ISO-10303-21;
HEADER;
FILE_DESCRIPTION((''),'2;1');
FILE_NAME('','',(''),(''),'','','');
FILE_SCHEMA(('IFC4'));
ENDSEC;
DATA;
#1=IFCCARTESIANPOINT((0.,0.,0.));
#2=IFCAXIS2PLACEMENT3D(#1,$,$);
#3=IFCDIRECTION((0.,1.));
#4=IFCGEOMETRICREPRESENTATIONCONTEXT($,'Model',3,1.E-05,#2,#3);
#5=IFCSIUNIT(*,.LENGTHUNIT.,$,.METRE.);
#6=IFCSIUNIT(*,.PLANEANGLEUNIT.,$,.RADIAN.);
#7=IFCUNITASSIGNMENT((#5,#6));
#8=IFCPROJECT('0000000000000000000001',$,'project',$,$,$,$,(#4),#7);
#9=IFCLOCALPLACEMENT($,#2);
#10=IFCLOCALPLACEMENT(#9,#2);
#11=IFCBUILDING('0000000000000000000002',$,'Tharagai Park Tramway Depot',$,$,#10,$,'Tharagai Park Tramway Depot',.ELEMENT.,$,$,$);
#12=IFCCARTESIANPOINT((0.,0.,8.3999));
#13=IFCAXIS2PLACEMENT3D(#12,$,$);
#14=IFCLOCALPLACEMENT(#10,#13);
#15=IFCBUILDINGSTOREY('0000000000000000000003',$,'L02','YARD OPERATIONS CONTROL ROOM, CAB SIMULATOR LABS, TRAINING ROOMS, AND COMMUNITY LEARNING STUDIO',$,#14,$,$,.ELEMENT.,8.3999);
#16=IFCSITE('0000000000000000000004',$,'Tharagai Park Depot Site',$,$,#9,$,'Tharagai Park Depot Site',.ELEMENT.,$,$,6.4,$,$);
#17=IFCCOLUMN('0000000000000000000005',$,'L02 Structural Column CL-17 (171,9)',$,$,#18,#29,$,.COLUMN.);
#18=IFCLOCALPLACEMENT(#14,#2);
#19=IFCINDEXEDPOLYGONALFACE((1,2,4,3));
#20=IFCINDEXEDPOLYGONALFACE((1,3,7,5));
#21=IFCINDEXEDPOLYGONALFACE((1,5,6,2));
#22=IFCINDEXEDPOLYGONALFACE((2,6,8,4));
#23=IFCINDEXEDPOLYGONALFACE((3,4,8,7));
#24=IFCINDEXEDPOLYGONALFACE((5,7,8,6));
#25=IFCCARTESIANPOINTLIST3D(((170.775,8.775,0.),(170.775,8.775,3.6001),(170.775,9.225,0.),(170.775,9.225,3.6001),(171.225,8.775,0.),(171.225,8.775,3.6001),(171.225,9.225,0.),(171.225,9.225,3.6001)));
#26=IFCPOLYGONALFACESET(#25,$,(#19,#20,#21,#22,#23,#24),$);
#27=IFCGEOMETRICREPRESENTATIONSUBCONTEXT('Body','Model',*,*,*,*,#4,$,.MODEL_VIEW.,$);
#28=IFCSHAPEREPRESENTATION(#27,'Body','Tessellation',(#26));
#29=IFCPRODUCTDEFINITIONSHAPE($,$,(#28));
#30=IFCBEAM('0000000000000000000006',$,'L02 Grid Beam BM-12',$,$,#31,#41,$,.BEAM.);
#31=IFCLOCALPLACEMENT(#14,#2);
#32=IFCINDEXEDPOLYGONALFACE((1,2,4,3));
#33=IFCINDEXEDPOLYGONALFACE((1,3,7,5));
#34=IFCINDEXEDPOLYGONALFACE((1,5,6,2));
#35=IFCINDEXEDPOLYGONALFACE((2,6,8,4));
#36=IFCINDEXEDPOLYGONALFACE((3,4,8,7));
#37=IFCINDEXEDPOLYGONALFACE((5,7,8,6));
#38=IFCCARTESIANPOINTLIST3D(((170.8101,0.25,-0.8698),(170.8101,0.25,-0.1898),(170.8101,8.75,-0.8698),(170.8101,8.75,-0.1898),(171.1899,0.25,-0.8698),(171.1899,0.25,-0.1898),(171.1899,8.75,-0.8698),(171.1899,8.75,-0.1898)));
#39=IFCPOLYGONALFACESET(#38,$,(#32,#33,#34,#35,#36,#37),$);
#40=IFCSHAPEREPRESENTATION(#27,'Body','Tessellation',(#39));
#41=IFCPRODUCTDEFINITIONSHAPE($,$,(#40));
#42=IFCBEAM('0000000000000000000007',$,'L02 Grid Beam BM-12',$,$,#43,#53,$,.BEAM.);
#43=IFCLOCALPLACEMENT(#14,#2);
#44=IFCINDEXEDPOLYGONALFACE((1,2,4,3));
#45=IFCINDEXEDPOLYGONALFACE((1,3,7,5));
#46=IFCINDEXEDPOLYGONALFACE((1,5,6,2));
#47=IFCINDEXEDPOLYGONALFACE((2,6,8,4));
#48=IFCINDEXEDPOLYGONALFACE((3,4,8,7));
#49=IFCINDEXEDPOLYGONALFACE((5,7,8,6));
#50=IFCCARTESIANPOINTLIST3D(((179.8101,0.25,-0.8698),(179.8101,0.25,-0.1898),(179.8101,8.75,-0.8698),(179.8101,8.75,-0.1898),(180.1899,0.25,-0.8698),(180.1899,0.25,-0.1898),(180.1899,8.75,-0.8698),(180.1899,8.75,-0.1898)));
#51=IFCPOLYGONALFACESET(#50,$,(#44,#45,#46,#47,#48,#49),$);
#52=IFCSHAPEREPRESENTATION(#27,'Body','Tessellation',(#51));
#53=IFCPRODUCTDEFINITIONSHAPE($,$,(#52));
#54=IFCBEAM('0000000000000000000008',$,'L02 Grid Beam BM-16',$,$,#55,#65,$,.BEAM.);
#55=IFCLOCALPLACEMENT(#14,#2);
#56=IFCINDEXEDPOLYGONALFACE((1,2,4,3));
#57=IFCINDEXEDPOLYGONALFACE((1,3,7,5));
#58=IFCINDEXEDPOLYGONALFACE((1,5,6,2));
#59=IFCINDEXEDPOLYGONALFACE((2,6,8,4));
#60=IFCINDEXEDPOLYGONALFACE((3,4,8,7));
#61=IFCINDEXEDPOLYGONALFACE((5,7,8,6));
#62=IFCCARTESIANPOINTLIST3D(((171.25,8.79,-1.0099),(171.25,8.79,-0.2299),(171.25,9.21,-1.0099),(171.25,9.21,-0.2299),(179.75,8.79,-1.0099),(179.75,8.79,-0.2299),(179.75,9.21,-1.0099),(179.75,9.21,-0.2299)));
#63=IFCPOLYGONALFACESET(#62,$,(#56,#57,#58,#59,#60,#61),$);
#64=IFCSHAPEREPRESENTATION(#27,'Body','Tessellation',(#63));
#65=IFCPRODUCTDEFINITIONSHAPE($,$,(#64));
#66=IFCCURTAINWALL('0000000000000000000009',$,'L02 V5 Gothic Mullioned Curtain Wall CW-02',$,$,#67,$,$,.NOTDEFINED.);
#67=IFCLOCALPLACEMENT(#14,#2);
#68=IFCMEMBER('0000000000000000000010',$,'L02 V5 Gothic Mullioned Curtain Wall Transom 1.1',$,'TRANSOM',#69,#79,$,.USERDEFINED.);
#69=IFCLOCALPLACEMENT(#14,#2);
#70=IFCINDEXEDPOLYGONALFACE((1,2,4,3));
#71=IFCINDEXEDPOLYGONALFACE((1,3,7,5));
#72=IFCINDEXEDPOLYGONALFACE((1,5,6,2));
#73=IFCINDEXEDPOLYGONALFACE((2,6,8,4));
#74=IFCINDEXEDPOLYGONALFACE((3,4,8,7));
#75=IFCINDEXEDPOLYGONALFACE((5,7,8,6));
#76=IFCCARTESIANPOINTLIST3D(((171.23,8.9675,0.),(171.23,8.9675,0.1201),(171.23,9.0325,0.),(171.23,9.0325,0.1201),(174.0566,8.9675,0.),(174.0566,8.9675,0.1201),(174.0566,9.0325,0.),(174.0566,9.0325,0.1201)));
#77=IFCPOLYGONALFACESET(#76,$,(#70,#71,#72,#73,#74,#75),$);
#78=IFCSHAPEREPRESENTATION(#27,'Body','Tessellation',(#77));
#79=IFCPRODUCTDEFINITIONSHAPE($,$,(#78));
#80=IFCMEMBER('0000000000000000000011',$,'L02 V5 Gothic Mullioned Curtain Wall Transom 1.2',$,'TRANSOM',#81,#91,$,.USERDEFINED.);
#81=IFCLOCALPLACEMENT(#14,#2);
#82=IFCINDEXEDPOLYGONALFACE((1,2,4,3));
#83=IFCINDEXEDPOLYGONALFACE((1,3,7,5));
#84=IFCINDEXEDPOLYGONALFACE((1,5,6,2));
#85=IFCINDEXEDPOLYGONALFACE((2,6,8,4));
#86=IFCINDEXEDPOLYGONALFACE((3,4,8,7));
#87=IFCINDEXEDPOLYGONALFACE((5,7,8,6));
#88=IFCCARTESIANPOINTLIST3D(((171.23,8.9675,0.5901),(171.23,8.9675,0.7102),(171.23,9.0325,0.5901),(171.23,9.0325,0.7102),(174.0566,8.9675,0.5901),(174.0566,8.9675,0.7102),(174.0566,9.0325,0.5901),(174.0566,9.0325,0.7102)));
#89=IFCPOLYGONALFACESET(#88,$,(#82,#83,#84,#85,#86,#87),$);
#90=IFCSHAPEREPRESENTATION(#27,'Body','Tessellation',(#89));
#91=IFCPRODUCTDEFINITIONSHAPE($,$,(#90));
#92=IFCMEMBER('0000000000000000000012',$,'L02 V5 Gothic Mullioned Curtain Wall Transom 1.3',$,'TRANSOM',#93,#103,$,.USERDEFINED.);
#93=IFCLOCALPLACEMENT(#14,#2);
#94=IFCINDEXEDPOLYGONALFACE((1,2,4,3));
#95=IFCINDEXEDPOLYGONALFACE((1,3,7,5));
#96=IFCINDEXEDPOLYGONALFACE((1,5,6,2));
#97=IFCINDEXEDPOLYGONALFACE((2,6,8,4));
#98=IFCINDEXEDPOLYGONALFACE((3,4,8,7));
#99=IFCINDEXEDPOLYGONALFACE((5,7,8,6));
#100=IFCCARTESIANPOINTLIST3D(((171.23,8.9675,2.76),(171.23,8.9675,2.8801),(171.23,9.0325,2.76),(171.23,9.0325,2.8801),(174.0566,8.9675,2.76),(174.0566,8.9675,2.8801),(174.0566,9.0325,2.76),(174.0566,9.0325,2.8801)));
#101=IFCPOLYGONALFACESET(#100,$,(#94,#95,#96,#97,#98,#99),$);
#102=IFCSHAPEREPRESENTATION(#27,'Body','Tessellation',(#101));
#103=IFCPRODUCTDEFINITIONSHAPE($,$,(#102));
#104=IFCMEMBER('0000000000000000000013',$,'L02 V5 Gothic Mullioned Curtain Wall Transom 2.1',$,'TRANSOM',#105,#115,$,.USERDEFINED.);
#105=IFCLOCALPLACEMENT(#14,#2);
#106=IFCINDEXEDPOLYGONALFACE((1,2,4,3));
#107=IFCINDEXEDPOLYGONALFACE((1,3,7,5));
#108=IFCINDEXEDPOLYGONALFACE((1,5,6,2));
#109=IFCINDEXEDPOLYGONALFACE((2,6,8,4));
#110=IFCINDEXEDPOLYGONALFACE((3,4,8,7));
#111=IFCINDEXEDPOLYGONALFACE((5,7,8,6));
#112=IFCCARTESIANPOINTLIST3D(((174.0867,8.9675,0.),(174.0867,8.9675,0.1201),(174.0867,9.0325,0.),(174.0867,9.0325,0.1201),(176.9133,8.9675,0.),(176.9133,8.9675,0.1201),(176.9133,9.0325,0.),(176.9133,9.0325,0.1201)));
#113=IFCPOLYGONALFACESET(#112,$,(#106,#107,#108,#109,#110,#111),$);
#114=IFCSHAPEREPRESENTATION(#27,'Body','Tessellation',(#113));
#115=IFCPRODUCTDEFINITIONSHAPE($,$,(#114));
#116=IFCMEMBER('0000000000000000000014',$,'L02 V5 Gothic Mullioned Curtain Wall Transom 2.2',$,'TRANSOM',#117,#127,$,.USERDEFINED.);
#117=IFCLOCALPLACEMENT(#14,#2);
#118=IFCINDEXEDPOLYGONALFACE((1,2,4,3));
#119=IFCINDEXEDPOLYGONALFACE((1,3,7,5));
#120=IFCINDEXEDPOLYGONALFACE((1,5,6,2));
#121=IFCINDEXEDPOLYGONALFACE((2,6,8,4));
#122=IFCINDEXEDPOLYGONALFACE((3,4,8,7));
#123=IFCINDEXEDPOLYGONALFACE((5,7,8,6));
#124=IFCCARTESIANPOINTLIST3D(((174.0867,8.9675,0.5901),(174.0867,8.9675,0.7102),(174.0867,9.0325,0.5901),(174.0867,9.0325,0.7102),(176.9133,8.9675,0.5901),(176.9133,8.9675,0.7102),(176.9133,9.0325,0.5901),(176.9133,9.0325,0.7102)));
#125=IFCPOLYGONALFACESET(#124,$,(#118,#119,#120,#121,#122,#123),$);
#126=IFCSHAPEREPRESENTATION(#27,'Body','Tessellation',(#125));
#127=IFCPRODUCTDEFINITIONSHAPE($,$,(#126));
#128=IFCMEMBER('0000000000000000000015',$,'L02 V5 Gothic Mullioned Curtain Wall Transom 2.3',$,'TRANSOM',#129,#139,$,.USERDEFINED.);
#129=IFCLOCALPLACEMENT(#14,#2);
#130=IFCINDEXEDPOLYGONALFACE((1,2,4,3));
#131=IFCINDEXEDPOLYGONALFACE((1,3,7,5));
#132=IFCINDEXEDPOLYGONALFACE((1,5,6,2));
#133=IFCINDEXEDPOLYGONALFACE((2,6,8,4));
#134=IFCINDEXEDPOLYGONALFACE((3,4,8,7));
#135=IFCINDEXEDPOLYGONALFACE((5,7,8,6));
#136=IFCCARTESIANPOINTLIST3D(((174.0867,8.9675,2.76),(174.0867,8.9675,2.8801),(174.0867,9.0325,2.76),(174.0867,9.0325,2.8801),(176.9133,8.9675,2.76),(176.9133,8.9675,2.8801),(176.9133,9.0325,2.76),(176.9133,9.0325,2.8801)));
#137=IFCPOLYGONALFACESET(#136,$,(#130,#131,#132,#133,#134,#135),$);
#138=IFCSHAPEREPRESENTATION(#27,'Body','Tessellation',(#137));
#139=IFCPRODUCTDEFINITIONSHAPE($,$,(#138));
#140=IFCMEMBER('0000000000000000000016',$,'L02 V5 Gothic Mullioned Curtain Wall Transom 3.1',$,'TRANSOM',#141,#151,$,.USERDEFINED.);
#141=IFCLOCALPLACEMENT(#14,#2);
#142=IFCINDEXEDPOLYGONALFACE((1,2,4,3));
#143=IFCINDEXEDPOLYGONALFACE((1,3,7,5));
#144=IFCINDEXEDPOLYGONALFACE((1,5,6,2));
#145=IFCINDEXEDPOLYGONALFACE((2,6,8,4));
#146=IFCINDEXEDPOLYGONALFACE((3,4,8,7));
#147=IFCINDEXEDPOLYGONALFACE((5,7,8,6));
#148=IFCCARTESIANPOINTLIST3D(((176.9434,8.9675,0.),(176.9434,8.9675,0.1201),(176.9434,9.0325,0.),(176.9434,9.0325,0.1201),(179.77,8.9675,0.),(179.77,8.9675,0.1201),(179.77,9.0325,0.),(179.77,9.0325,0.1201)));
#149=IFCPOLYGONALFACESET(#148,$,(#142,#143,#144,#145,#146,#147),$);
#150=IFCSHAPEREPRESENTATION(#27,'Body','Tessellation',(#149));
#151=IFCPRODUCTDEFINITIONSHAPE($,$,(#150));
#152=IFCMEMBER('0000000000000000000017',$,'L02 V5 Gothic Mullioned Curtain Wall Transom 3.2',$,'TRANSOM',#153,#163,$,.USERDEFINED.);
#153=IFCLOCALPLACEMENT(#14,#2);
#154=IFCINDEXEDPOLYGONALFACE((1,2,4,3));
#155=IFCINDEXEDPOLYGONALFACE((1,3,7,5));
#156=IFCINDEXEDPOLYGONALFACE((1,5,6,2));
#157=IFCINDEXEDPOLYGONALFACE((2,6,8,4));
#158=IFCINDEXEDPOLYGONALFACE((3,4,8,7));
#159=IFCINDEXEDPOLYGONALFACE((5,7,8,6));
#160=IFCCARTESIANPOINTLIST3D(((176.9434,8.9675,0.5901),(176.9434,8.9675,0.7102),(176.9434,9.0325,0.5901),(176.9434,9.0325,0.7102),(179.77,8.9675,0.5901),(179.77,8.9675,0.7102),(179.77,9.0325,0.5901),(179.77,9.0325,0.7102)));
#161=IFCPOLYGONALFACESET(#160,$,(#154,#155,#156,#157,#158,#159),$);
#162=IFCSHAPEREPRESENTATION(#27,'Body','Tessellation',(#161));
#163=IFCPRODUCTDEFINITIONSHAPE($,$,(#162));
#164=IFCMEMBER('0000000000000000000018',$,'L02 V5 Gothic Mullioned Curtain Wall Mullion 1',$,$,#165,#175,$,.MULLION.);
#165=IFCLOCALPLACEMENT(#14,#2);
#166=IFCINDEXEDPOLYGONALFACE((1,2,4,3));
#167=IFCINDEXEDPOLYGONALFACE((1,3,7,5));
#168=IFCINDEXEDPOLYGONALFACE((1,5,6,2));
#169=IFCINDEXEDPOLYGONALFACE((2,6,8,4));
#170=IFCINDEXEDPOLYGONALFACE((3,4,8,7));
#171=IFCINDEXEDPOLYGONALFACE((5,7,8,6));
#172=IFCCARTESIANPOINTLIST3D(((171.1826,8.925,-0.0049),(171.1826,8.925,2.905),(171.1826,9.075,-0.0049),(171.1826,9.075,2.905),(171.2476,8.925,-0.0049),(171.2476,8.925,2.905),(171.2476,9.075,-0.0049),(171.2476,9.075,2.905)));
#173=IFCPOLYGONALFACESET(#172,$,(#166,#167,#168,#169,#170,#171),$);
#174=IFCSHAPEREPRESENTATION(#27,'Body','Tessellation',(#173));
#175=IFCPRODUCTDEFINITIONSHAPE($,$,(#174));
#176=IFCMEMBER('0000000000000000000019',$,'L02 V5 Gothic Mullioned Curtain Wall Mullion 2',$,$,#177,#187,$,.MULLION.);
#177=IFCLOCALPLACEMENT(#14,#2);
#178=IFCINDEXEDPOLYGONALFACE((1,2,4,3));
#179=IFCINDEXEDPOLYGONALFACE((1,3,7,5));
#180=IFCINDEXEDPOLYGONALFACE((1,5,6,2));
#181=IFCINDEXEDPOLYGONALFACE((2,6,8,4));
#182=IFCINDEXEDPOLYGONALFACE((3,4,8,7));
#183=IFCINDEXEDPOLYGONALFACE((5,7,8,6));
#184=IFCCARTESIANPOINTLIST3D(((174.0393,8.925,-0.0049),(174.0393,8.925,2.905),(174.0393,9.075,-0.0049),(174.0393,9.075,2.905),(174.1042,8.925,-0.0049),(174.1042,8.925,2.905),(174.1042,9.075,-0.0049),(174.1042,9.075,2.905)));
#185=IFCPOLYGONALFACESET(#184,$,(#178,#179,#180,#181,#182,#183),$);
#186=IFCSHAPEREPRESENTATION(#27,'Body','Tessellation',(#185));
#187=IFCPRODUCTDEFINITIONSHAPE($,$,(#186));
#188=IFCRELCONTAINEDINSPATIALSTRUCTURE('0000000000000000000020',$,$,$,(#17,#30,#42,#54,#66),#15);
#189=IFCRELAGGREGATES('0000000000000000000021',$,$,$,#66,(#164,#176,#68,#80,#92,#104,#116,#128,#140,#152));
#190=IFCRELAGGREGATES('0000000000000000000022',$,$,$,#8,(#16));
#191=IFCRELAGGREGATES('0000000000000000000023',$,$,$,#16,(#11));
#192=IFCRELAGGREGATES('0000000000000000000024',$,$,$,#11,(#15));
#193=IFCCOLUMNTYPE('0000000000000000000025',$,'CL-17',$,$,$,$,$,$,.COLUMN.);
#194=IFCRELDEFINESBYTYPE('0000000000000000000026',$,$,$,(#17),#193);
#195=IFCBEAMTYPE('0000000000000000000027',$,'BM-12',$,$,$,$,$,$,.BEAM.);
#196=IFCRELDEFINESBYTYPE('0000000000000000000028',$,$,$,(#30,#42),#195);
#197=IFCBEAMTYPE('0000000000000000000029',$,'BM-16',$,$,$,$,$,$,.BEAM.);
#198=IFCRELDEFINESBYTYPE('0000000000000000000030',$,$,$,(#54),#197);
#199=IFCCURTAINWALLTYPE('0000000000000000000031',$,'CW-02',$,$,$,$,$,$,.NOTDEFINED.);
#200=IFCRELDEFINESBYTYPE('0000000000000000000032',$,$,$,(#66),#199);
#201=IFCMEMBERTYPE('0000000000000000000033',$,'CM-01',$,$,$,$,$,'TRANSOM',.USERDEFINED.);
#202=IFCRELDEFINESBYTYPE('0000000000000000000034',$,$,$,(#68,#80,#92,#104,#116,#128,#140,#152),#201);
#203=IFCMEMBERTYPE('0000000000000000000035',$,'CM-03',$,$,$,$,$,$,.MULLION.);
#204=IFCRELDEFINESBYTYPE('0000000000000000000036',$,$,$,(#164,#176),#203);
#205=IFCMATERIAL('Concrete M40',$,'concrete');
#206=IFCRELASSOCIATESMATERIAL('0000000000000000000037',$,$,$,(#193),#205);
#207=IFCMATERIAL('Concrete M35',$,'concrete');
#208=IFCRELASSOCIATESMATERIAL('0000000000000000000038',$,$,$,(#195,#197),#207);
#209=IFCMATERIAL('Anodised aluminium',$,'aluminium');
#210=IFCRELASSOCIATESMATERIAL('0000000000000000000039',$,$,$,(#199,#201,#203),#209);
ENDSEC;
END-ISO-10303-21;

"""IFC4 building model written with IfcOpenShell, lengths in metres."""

from ifc_helpers import new_model, si_unit, direction, frame, origin, origin_2d, place, context, subcontext, project, spatial, rectangle, extrude, material, material_profile, profile_set, type_object, element, aggregate, save


model = new_model("IFC4")

# Units and contexts
model_context = context("Model", 3, precision=1e-05, world=origin(), true_north=direction((0.0, 1.0)))
body_context = subcontext(model_context, "Body", "Model", "MODEL_VIEW")
ifc_project = project(units=[si_unit("LENGTHUNIT", "METRE"), si_unit("PLANEANGLEUNIT", "RADIAN")], contexts=[model_context])

# Site, building, storey
site_placement = place(None, origin())
site = spatial("IfcSite", under=ifc_project, at=site_placement, Name="Tharagai Park Depot Site", LongName="Tharagai Park Depot Site", CompositionType="ELEMENT", RefElevation=6.4)
building_placement = place(site_placement, origin())
building = spatial("IfcBuilding", under=site, at=building_placement, Name="Tharagai Park Tramway Depot", LongName="Tharagai Park Tramway Depot", CompositionType="ELEMENT")
storey_placement = place(building_placement, frame((0.0, 0.0, 8.3999)))
storey = spatial("IfcBuildingStorey", under=building, at=storey_placement, Name="L02", Description="YARD OPERATIONS CONTROL ROOM, CAB SIMULATOR LABS, TRAINING ROOMS, AND COMMUNITY LEARNING STUDIO", CompositionType="ELEMENT", Elevation=8.3999)

# Column
ifc_material_1 = material(Name="Concrete M40", Category="concrete")
ifc_material_profile_1 = material_profile(ifc_material_1, rectangle(XDim=0.45, YDim=0.45, at=origin_2d()), Name="RC 450x450")
ifc_profile_set_1 = profile_set([ifc_material_profile_1], Name="Concrete M40")
column_type = type_object("IfcColumnType", Name="CL-17", PredefinedType="COLUMN", material=ifc_profile_set_1)
column_placement = place(storey_placement, frame((171.0, 9.0, 0.0), z_axis=(0.0, 0.0, 1.0), x_axis=(1.0, 0.0, 0.0)))
element("IfcColumn", 1, at=column_placement, inside=storey, type_object=column_type, Name="L02 Structural Column CL-17 (171,9)", PredefinedType="COLUMN", context=body_context, shape_type="SweptSolid", body=[
    extrude(rectangle(XDim=0.45, YDim=0.45, at=origin_2d()), origin(), (0.0, 0.0, 1.0), 3.6001),
])

# Beams
ifc_material_2 = material(Name="Concrete M35", Category="concrete")
ifc_material_profile_2 = material_profile(ifc_material_2, rectangle(XDim=0.3799, YDim=0.6799, at=origin_2d()), Name="RC 380x680")
ifc_profile_set_2 = profile_set([ifc_material_profile_2], Name="Concrete M35")
beam_type_1 = type_object("IfcBeamType", Name="BM-12", PredefinedType="BEAM", material=ifc_profile_set_2)
for number, where, z_axis, x_axis, name in (
    (2, (171.0, 0.25, -0.5298), (0.0, 1.0, 0.0), (-1.0, 0.0, 0.0), "L02 Grid Beam BM-12"),
    (3, (180.0, 0.25, -0.5298), (0.0, 1.0, 0.0), (-1.0, 0.0, 0.0), "L02 Grid Beam BM-12"),
):
    element("IfcBeam", number, at=place(storey_placement, frame(where, z_axis=z_axis, x_axis=x_axis)), inside=storey, type_object=beam_type_1, Name=name, PredefinedType="BEAM", context=body_context, shape_type="SweptSolid", body=[
        extrude(rectangle(XDim=0.3799, YDim=0.6799, at=origin_2d()), origin(), (0.0, 0.0, 1.0), 8.5),
    ])
ifc_material_profile_3 = material_profile(ifc_material_2, rectangle(XDim=0.4199, YDim=0.78, at=origin_2d()), Name="RC 420x780")
ifc_profile_set_3 = profile_set([ifc_material_profile_3], Name="Concrete M35")
beam_type_2 = type_object("IfcBeamType", Name="BM-16", PredefinedType="BEAM", material=ifc_profile_set_3)
beam_1_placement = place(storey_placement, frame((171.25, 9.0, -0.6199), z_axis=(1.0, 0.0, 0.0), x_axis=(0.0, 1.0, 0.0)))
element("IfcBeam", 4, at=beam_1_placement, inside=storey, type_object=beam_type_2, Name="L02 Grid Beam BM-16", PredefinedType="BEAM", context=body_context, shape_type="SweptSolid", body=[
    extrude(rectangle(XDim=0.4199, YDim=0.78, at=origin_2d()), origin(), (0.0, 0.0, 1.0), 8.5),
])

# Curtain wall, members
ifc_material_3 = material(Name="Anodised aluminium", Category="aluminium")
curtain_wall_type = type_object("IfcCurtainWallType", Name="CW-02", PredefinedType="NOTDEFINED", material=ifc_material_3)
curtain_wall_placement = place(storey_placement, origin())
curtain_wall = element("IfcCurtainWall", 5, at=curtain_wall_placement, inside=storey, type_object=curtain_wall_type, Name="L02 V5 Gothic Mullioned Curtain Wall CW-02", PredefinedType="NOTDEFINED")
ifc_material_profile_4 = material_profile(ifc_material_3, rectangle(XDim=0.0649, YDim=0.1201, at=origin_2d()), Name="ALU 65x120")
ifc_profile_set_4 = profile_set([ifc_material_profile_4], Name="Anodised aluminium")
member_type_1 = type_object("IfcMemberType", Name="CM-01", ElementType="TRANSOM", PredefinedType="USERDEFINED", material=ifc_profile_set_4)
member_1_placement = place(storey_placement, frame((171.23, 9.0, 0.0601), z_axis=(1.0, 0.0, 0.0), x_axis=(0.0, 1.0, 0.0)))
member_1 = element("IfcMember", 6, at=member_1_placement, type_object=member_type_1, Name="L02 V5 Gothic Mullioned Curtain Wall Transom 1.1", ObjectType="TRANSOM", PredefinedType="USERDEFINED", context=body_context, shape_type="SweptSolid", body=[
    extrude(rectangle(XDim=0.0649, YDim=0.1201, at=origin_2d()), origin(), (0.0, 0.0, 1.0), 2.8267),
])
member_2_placement = place(storey_placement, frame((171.23, 9.0, 0.6501), z_axis=(1.0, 0.0, 0.0), x_axis=(0.0, 1.0, 0.0)))
member_2 = element("IfcMember", 7, at=member_2_placement, type_object=member_type_1, Name="L02 V5 Gothic Mullioned Curtain Wall Transom 1.2", ObjectType="TRANSOM", PredefinedType="USERDEFINED", context=body_context, shape_type="SweptSolid", body=[
    extrude(rectangle(XDim=0.0649, YDim=0.1201, at=origin_2d()), origin(), (0.0, 0.0, 1.0), 2.8267),
])
member_3_placement = place(storey_placement, frame((171.23, 9.0, 2.8201), z_axis=(1.0, 0.0, 0.0), x_axis=(0.0, 1.0, 0.0)))
member_3 = element("IfcMember", 8, at=member_3_placement, type_object=member_type_1, Name="L02 V5 Gothic Mullioned Curtain Wall Transom 1.3", ObjectType="TRANSOM", PredefinedType="USERDEFINED", context=body_context, shape_type="SweptSolid", body=[
    extrude(rectangle(XDim=0.0649, YDim=0.1201, at=origin_2d()), origin(), (0.0, 0.0, 1.0), 2.8267),
])
member_4_placement = place(storey_placement, frame((174.0867, 9.0, 0.0601), z_axis=(1.0, 0.0, 0.0), x_axis=(0.0, 1.0, 0.0)))
member_4 = element("IfcMember", 9, at=member_4_placement, type_object=member_type_1, Name="L02 V5 Gothic Mullioned Curtain Wall Transom 2.1", ObjectType="TRANSOM", PredefinedType="USERDEFINED", context=body_context, shape_type="SweptSolid", body=[
    extrude(rectangle(XDim=0.0649, YDim=0.1201, at=origin_2d()), origin(), (0.0, 0.0, 1.0), 2.8267),
])
member_5_placement = place(storey_placement, frame((174.0867, 9.0, 0.6501), z_axis=(1.0, 0.0, 0.0), x_axis=(0.0, 1.0, 0.0)))
member_5 = element("IfcMember", 10, at=member_5_placement, type_object=member_type_1, Name="L02 V5 Gothic Mullioned Curtain Wall Transom 2.2", ObjectType="TRANSOM", PredefinedType="USERDEFINED", context=body_context, shape_type="SweptSolid", body=[
    extrude(rectangle(XDim=0.0649, YDim=0.1201, at=origin_2d()), origin(), (0.0, 0.0, 1.0), 2.8267),
])
member_6_placement = place(storey_placement, frame((174.0867, 9.0, 2.8201), z_axis=(1.0, 0.0, 0.0), x_axis=(0.0, 1.0, 0.0)))
member_6 = element("IfcMember", 11, at=member_6_placement, type_object=member_type_1, Name="L02 V5 Gothic Mullioned Curtain Wall Transom 2.3", ObjectType="TRANSOM", PredefinedType="USERDEFINED", context=body_context, shape_type="SweptSolid", body=[
    extrude(rectangle(XDim=0.0649, YDim=0.1201, at=origin_2d()), origin(), (0.0, 0.0, 1.0), 2.8267),
])
member_7_placement = place(storey_placement, frame((176.9434, 9.0, 0.0601), z_axis=(1.0, 0.0, 0.0), x_axis=(0.0, 1.0, 0.0)))
member_7 = element("IfcMember", 12, at=member_7_placement, type_object=member_type_1, Name="L02 V5 Gothic Mullioned Curtain Wall Transom 3.1", ObjectType="TRANSOM", PredefinedType="USERDEFINED", context=body_context, shape_type="SweptSolid", body=[
    extrude(rectangle(XDim=0.0649, YDim=0.1201, at=origin_2d()), origin(), (0.0, 0.0, 1.0), 2.8267),
])
member_8_placement = place(storey_placement, frame((176.9434, 9.0, 0.6501), z_axis=(1.0, 0.0, 0.0), x_axis=(0.0, 1.0, 0.0)))
member_8 = element("IfcMember", 13, at=member_8_placement, type_object=member_type_1, Name="L02 V5 Gothic Mullioned Curtain Wall Transom 3.2", ObjectType="TRANSOM", PredefinedType="USERDEFINED", context=body_context, shape_type="SweptSolid", body=[
    extrude(rectangle(XDim=0.0649, YDim=0.1201, at=origin_2d()), origin(), (0.0, 0.0, 1.0), 2.8267),
])
ifc_material_profile_5 = material_profile(ifc_material_3, rectangle(XDim=0.0649, YDim=0.1499, at=origin_2d()), Name="ALU 65x150")
ifc_profile_set_5 = profile_set([ifc_material_profile_5], Name="Anodised aluminium")
member_type_2 = type_object("IfcMemberType", Name="CM-03", PredefinedType="MULLION", material=ifc_profile_set_5)
member_9_placement = place(storey_placement, frame((171.2151, 9.0, -0.0049), z_axis=(0.0, 0.0, 1.0), x_axis=(1.0, 0.0, 0.0)))
member_9 = element("IfcMember", 14, at=member_9_placement, type_object=member_type_2, Name="L02 V5 Gothic Mullioned Curtain Wall Mullion 1", PredefinedType="MULLION", context=body_context, shape_type="SweptSolid", body=[
    extrude(rectangle(XDim=0.0649, YDim=0.1499, at=origin_2d()), origin(), (0.0, 0.0, 1.0), 2.9099),
])
member_10_placement = place(storey_placement, frame((174.0718, 9.0, -0.0049), z_axis=(0.0, 0.0, 1.0), x_axis=(1.0, 0.0, 0.0)))
member_10 = element("IfcMember", 15, at=member_10_placement, type_object=member_type_2, Name="L02 V5 Gothic Mullioned Curtain Wall Mullion 2", PredefinedType="MULLION", context=body_context, shape_type="SweptSolid", body=[
    extrude(rectangle(XDim=0.0649, YDim=0.1499, at=origin_2d()), origin(), (0.0, 0.0, 1.0), 2.9099),
])

aggregate(curtain_wall, [member_9, member_10, member_1, member_2, member_3, member_4, member_5, member_6, member_7, member_8])

save(model, "model.ifc")
